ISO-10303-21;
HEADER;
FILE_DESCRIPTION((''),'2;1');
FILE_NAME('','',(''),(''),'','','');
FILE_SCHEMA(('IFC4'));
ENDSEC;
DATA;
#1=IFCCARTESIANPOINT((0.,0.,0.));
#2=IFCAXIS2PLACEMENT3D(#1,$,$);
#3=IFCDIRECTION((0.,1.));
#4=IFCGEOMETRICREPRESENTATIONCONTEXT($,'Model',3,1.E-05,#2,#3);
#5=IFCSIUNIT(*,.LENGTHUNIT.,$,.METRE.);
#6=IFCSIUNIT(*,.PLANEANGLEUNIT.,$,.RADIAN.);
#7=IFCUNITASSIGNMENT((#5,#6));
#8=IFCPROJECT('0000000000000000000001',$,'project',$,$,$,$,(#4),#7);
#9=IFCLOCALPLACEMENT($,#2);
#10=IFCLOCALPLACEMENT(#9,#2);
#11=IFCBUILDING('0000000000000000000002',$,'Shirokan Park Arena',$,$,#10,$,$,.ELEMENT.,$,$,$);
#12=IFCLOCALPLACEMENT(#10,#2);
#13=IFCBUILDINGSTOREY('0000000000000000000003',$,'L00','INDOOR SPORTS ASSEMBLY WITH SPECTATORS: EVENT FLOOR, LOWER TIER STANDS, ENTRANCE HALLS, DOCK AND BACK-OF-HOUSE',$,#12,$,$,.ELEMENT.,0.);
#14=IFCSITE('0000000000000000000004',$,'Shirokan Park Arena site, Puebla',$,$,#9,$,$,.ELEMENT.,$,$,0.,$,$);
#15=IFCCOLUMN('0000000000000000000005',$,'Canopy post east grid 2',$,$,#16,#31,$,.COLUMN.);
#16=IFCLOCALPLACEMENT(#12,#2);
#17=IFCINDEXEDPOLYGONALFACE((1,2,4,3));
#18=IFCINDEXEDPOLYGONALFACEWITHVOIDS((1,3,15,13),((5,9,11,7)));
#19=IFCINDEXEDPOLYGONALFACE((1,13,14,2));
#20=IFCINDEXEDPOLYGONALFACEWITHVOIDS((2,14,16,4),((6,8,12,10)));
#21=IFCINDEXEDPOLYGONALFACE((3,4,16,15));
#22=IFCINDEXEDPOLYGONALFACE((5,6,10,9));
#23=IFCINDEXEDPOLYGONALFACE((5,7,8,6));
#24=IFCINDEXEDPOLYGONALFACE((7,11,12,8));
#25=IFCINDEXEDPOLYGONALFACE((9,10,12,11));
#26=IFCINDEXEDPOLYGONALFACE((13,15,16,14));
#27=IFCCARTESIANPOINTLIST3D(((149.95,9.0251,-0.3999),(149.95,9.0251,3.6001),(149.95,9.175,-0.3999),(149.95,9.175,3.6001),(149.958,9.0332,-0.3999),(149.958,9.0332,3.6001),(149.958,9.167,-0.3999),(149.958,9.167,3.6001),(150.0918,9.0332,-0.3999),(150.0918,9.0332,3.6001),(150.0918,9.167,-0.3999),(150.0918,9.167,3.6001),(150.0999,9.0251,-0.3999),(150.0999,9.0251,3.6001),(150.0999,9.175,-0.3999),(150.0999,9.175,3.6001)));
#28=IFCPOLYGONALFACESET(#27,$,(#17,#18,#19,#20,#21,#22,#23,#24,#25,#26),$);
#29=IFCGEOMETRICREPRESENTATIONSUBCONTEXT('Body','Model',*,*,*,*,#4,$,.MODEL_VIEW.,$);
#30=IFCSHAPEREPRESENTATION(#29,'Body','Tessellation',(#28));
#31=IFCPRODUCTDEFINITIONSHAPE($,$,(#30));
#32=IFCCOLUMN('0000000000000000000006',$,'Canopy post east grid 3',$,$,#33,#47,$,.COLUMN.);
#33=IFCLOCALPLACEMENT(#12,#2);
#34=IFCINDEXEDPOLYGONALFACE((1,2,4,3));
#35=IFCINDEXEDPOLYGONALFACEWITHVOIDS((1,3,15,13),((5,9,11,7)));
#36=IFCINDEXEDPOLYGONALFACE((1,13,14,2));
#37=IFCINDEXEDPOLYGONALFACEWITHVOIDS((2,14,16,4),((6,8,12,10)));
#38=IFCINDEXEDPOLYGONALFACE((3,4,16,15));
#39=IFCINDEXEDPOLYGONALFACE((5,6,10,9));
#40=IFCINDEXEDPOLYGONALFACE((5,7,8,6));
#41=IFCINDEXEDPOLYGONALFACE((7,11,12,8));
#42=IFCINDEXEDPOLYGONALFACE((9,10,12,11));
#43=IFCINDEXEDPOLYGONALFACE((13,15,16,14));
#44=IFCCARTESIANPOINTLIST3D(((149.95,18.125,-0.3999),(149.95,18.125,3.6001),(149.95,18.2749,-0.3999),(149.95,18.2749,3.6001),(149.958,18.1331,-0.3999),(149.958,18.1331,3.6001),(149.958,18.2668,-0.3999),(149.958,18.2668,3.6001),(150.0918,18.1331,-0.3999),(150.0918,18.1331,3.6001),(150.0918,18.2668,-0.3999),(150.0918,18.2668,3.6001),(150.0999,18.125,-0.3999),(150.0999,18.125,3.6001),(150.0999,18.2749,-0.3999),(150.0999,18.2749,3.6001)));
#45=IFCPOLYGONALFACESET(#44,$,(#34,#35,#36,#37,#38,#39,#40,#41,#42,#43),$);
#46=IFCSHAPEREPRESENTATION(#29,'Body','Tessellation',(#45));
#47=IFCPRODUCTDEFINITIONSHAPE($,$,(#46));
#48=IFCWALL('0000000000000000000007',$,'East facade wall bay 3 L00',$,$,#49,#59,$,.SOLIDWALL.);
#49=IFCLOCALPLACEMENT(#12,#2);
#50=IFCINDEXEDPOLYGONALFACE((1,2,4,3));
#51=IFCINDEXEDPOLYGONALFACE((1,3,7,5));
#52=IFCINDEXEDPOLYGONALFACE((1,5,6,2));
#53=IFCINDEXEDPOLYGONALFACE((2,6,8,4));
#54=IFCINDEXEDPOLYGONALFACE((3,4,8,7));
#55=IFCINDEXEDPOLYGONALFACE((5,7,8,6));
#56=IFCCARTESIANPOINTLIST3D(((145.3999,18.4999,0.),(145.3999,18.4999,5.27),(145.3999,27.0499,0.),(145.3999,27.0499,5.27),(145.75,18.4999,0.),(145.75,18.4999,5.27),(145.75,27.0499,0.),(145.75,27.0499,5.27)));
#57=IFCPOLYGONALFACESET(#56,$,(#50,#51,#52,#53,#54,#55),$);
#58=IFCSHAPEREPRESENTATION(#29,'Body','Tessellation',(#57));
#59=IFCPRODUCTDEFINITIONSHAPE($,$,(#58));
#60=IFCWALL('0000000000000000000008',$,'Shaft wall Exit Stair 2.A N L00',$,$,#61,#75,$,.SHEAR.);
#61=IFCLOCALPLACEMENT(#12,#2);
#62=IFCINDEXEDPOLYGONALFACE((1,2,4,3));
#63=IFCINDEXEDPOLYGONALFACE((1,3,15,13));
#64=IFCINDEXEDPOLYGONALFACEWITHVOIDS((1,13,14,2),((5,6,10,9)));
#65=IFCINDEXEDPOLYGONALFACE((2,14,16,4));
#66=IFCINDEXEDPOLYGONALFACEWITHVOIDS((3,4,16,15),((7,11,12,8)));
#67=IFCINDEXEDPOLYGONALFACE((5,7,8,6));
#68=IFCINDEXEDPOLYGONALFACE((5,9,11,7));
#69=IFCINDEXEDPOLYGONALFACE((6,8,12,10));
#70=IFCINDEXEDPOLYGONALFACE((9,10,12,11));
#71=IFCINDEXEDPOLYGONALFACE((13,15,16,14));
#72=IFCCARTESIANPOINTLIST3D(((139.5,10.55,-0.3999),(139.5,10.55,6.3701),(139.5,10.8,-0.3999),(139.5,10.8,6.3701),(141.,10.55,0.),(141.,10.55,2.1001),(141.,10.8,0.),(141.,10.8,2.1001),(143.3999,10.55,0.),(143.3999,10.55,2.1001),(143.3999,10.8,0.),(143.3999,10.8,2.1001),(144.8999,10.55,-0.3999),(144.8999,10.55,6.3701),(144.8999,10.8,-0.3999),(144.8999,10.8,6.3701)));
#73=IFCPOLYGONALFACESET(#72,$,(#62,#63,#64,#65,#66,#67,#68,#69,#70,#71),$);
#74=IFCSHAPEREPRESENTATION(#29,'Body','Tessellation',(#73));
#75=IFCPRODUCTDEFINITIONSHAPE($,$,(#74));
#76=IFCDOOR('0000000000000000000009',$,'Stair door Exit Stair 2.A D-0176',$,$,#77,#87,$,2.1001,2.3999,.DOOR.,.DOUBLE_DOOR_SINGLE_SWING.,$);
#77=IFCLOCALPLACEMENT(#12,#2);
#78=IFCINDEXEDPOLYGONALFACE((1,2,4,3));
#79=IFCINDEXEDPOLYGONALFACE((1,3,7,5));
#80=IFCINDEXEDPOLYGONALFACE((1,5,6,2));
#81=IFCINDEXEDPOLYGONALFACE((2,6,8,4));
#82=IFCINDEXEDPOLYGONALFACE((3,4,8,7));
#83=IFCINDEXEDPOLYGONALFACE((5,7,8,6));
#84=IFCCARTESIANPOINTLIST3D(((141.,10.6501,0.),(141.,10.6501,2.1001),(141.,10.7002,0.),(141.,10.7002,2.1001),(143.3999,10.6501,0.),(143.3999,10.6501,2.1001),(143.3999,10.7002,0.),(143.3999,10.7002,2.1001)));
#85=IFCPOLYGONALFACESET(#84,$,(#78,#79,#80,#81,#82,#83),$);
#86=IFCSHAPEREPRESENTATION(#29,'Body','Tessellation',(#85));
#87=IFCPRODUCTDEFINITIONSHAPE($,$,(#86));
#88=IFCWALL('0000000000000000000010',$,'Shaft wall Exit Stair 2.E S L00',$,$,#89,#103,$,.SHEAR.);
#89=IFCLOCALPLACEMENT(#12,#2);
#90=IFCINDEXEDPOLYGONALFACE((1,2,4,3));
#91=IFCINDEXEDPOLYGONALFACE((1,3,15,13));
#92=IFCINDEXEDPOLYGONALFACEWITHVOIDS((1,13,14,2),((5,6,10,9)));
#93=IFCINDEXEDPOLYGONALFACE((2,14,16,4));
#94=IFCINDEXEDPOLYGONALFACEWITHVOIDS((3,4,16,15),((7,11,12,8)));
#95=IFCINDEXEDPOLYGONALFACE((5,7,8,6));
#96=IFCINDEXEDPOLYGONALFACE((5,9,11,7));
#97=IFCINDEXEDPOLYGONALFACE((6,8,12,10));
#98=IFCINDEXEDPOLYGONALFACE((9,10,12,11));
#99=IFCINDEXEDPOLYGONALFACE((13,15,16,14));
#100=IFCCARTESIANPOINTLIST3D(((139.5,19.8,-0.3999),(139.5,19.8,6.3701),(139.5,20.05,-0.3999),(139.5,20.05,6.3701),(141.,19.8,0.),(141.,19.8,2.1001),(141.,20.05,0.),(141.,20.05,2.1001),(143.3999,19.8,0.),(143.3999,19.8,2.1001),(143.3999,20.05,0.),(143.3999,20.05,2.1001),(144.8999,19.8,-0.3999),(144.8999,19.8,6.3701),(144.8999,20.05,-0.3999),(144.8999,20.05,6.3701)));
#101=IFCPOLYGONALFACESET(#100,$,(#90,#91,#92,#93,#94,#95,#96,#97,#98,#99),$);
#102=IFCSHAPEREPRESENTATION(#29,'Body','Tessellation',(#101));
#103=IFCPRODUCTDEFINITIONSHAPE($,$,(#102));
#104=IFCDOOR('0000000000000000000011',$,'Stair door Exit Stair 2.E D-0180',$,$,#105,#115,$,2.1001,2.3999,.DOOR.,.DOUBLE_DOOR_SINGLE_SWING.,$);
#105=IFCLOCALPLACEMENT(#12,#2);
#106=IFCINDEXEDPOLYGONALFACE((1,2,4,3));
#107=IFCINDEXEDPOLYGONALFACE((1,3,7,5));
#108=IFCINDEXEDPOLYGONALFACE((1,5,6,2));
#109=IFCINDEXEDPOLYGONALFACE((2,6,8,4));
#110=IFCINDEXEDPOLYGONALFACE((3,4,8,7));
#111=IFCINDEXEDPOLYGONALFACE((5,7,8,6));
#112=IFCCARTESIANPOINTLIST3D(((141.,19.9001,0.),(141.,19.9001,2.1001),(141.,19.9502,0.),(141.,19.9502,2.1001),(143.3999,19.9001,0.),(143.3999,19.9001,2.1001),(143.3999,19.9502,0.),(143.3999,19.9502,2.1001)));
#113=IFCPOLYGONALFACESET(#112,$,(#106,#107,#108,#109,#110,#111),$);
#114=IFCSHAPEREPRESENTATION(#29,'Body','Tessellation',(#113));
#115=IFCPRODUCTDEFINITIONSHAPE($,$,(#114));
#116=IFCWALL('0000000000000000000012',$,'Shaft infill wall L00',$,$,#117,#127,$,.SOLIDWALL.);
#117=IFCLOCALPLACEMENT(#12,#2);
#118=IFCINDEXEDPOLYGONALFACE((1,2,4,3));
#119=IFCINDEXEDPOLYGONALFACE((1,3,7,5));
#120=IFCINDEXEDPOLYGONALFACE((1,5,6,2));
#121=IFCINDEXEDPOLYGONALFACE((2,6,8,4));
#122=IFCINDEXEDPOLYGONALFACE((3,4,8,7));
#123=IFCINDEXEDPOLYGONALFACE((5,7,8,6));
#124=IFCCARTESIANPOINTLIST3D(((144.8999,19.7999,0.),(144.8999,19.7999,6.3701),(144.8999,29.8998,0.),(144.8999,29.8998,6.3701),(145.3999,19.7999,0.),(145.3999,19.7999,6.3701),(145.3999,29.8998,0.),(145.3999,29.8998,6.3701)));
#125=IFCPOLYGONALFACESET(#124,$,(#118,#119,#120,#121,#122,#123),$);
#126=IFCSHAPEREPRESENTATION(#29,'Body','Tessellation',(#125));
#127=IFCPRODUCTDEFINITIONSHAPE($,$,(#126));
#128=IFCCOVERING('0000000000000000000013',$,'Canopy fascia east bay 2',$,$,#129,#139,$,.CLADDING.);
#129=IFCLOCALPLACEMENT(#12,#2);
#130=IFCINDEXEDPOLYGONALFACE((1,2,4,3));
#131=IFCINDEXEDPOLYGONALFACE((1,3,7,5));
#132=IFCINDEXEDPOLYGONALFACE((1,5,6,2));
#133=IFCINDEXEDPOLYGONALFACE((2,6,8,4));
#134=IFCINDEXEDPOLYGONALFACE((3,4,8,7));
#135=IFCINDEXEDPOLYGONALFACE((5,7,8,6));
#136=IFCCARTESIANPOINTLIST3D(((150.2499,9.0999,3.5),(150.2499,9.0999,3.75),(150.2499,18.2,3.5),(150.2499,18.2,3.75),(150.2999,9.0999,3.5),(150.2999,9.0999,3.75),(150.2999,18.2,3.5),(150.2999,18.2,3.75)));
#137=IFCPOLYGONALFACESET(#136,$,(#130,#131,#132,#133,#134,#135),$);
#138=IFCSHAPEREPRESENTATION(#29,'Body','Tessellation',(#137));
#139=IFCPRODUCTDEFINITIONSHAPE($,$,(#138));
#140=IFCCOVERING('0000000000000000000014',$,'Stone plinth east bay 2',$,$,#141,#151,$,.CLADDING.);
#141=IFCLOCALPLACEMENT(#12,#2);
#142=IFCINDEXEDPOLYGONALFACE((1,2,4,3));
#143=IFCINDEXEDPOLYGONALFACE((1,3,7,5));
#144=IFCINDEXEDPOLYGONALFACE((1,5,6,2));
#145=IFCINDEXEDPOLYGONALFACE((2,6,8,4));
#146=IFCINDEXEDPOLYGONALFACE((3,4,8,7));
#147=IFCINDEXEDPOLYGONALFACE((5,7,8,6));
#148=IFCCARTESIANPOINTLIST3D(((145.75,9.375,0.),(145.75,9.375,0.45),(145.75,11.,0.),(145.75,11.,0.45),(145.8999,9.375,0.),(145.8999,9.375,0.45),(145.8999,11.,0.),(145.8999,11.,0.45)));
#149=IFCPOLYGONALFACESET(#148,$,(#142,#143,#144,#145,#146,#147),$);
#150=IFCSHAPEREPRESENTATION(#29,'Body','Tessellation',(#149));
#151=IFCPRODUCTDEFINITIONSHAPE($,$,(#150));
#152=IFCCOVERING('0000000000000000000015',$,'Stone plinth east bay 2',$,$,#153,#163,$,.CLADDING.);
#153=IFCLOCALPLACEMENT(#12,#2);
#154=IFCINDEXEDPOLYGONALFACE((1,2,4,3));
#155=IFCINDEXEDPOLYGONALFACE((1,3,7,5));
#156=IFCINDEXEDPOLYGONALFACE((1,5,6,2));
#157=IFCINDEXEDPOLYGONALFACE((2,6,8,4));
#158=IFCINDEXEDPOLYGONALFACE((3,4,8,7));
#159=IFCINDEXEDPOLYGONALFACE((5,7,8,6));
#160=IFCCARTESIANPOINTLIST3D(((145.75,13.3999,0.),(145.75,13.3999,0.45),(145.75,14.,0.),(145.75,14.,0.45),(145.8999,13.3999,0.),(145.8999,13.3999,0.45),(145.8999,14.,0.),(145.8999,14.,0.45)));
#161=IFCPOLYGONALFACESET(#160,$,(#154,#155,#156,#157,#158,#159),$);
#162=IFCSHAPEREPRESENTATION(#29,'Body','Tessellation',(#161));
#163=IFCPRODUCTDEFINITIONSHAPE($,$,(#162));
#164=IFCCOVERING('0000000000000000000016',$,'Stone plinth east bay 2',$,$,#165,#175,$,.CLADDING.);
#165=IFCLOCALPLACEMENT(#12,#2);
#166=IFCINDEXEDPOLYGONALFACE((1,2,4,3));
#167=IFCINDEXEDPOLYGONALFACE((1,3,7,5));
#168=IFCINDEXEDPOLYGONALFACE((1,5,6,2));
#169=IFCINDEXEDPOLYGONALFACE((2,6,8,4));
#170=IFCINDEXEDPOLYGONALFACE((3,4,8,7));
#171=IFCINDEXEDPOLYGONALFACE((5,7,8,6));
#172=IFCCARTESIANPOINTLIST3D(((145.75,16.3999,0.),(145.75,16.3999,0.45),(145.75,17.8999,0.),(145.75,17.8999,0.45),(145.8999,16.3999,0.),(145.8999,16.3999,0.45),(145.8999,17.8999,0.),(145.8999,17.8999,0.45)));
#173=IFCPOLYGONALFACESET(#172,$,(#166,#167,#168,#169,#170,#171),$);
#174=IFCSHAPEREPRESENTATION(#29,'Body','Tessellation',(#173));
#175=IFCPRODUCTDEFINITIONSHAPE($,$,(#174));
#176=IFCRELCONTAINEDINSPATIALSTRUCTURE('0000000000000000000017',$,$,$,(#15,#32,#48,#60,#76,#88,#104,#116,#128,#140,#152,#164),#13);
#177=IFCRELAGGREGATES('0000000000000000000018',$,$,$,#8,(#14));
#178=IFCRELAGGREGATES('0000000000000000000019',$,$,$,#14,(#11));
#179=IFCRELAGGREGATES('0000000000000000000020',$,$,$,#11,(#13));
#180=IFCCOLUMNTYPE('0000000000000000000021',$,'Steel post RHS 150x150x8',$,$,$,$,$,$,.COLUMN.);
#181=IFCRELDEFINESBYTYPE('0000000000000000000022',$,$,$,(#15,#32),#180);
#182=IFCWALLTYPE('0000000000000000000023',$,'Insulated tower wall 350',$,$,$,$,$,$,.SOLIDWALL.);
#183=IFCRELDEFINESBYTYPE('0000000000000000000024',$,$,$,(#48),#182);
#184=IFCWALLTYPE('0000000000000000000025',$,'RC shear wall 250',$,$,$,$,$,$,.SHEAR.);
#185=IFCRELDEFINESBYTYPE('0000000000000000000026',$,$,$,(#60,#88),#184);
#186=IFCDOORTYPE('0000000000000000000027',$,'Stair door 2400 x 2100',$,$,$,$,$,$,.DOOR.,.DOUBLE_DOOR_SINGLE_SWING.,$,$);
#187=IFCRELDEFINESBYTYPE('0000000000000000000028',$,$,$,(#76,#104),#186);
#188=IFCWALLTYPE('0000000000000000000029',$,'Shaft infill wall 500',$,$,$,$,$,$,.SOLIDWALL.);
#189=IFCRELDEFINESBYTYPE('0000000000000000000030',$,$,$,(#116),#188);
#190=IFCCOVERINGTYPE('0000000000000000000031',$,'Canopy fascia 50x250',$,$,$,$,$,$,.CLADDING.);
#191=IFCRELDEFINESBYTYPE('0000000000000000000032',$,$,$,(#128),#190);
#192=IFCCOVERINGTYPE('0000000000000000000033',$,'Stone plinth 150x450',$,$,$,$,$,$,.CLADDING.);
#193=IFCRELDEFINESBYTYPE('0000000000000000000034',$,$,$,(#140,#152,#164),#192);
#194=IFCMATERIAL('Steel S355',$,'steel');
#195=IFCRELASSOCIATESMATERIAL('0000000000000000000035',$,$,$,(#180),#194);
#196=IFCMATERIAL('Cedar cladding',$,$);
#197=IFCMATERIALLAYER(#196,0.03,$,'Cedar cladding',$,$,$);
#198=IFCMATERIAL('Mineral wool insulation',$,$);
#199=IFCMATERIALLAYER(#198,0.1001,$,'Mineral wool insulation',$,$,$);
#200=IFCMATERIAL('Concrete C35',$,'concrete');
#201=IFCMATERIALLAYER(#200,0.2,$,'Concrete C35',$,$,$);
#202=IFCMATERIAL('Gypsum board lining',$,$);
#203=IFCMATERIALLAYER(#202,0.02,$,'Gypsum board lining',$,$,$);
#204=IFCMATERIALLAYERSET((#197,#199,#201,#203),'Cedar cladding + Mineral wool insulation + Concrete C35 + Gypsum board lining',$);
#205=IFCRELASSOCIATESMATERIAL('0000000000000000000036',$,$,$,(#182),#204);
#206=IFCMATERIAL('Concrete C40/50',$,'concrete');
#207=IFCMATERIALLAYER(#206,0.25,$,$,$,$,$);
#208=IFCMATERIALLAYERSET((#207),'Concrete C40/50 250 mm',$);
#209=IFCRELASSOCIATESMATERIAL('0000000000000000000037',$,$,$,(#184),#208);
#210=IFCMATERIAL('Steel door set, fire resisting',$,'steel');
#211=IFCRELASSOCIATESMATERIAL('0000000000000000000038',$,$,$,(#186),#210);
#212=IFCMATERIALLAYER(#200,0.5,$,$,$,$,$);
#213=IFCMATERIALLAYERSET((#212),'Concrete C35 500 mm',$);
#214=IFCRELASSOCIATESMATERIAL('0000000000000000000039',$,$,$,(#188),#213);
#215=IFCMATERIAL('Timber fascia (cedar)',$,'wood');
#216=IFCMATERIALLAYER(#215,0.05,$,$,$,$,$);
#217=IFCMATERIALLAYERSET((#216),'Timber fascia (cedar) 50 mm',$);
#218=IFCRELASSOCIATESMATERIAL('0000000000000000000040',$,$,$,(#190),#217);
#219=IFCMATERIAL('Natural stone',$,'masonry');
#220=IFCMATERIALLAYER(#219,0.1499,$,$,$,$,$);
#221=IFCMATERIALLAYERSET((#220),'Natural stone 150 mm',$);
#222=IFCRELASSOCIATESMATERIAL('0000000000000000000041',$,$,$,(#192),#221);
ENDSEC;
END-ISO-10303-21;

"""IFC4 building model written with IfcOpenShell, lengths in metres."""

from ifc_helpers import new_model, si_unit, direction, frame, frame_2d, origin, origin_2d, place, context, subcontext, project, spatial, rectangle, hollow_rectangle, extrude, material, layer, layer_set, material_profile, profile_set, type_object, element, fill, save


model = new_model("IFC4")

# Units and contexts
model_context = context("Model", 3, precision=1e-05, world=origin(), true_north=direction((0.0, 1.0)))
body_context = subcontext(model_context, "Body", "Model", "MODEL_VIEW")
ifc_project = project(units=[si_unit("LENGTHUNIT", "METRE"), si_unit("PLANEANGLEUNIT", "RADIAN")], contexts=[model_context])

# Site, building, storey
site_placement = place(None, origin())
site = spatial("IfcSite", under=ifc_project, at=site_placement, Name="Shirokan Park Arena site, Puebla", CompositionType="ELEMENT", RefElevation=0.0)
building_placement = place(site_placement, origin())
building = spatial("IfcBuilding", under=site, at=building_placement, Name="Shirokan Park Arena", CompositionType="ELEMENT")
storey_placement = place(building_placement, origin())
storey = spatial("IfcBuildingStorey", under=building, at=storey_placement, Name="L00", Description="INDOOR SPORTS ASSEMBLY WITH SPECTATORS: EVENT FLOOR, LOWER TIER STANDS, ENTRANCE HALLS, DOCK AND BACK-OF-HOUSE", CompositionType="ELEMENT", Elevation=0.0)

# Columns
ifc_material_1 = material(Name="Concrete C35", Category="concrete")
ifc_material_2 = material(Name="Steel S355", Category="steel")
ifc_material_profile_1 = material_profile(ifc_material_2, hollow_rectangle(XDim=0.1499, YDim=0.1499, WallThickness=0.0081, at=origin_2d()), Name="RHS 150x150x8")
ifc_profile_set_1 = profile_set([ifc_material_profile_1], Name="Steel S355")
column_type_1 = type_object("IfcColumnType", Name="Steel post RHS 150x150x8", PredefinedType="COLUMN", material=ifc_profile_set_1)
for number, where, z_axis, x_axis, name in (
    (1, (150.0249, 9.1001, -0.3999), (0.0, 0.0, 1.0), (1.0, 0.0, 0.0), "Canopy post east grid 2"),
    (2, (150.0249, 18.2, -0.3999), (0.0, 0.0, 1.0), (1.0, 0.0, 0.0), "Canopy post east grid 3"),
):
    element("IfcColumn", number, at=place(storey_placement, frame(where, z_axis=z_axis, x_axis=x_axis)), inside=storey, type_object=column_type_1, Name=name, PredefinedType="COLUMN", context=body_context, shape_type="SweptSolid", body=[
        extrude(hollow_rectangle(XDim=0.1499, YDim=0.1499, WallThickness=0.0081, at=origin_2d()), origin(), (0.0, 0.0, 1.0), 4.0),
    ])

# Shared definitions
ifc_material_3 = material(Name="Cedar cladding")
ifc_layer_1 = layer(ifc_material_3, 0.03, Name="Cedar cladding")
ifc_material_4 = material(Name="Mineral wool insulation")
ifc_layer_2 = layer(ifc_material_4, 0.1001, Name="Mineral wool insulation")
ifc_layer_3 = layer(ifc_material_1, 0.2, Name="Concrete C35")
ifc_material_5 = material(Name="Gypsum board lining")
ifc_layer_4 = layer(ifc_material_5, 0.02, Name="Gypsum board lining")
ifc_layer_set_1 = layer_set([ifc_layer_1, ifc_layer_2, ifc_layer_3, ifc_layer_4], Name="Cedar cladding + Mineral wool insulation + Concrete C35 + Gypsum board lining")
wall_type_1 = type_object("IfcWallType", Name="Insulated tower wall 350", PredefinedType="SOLIDWALL", material=ifc_layer_set_1)

# Wall
wall_1_placement = place(storey_placement, frame((145.575, 18.5, 0.0), z_axis=(0.0, 0.0, 1.0), x_axis=(0.0, 1.0, 0.0)))
element("IfcWall", 3, at=wall_1_placement, inside=storey, type_object=wall_type_1, Name="East facade wall bay 3 L00", PredefinedType="SOLIDWALL", context=body_context, shape_type="SweptSolid", body=[
    extrude(rectangle(XDim=8.55, YDim=0.3501, at=frame_2d((4.2749, 0.0))), origin(), (0.0, 0.0, 1.0), 5.27),
])

# Walls, openings, doors
ifc_material_6 = material(Name="Concrete C40/50", Category="concrete")
ifc_layer_5 = layer(ifc_material_6, 0.25)
ifc_layer_set_2 = layer_set([ifc_layer_5], Name="Concrete C40/50 250 mm")
wall_type_2 = type_object("IfcWallType", Name="RC shear wall 250", PredefinedType="SHEAR", material=ifc_layer_set_2)
wall_2_placement = place(storey_placement, frame((144.8999, 10.675, -0.3999), z_axis=(0.0, 0.0, 1.0), x_axis=(-1.0, 0.0, 0.0)))
wall_2 = element("IfcWall", 4, at=wall_2_placement, inside=storey, type_object=wall_type_2, Name="Shaft wall Exit Stair 2.A N L00", PredefinedType="SHEAR", context=body_context, shape_type="SweptSolid", body=[
    extrude(rectangle(XDim=5.3999, YDim=0.25, at=frame_2d((2.7, 0.0))), origin(), (0.0, 0.0, 1.0), 6.77),
])
opening_1_placement = place(wall_2_placement, frame((1.5, 0.0, 0.3999)))
opening_1 = element("IfcOpeningElement", 5, at=opening_1_placement, cuts=wall_2, PredefinedType="OPENING", context=body_context, shape_type="SweptSolid", body=[
    extrude(rectangle(XDim=2.3999, YDim=2.1001, at=frame_2d((1.2, 1.05))), frame((0.0, 0.135, 0.0), z_axis=(0.0, -1.0, 0.0), x_axis=(1.0, 0.0, 0.0)), (0.0, 0.0, 1.0), 0.27),
])
ifc_material_7 = material(Name="Steel door set, fire resisting", Category="steel")
door_type_1 = type_object("IfcDoorType", Name="Stair door 2400 x 2100", OperationType="DOUBLE_DOOR_SINGLE_SWING", PredefinedType="DOOR", material=ifc_material_7)
door_1_placement = place(opening_1_placement, origin())
door_1 = element("IfcDoor", 6, at=door_1_placement, inside=storey, type_object=door_type_1, Name="Stair door Exit Stair 2.A D-0176", OperationType="DOUBLE_DOOR_SINGLE_SWING", OverallHeight=2.1001, OverallWidth=2.3999, PredefinedType="DOOR", context=body_context, shape_type="SweptSolid", body=[
    extrude(rectangle(XDim=2.3999, YDim=2.1001, at=frame_2d((1.2, 1.05))), frame((0.0, 0.0249, 0.0), z_axis=(0.0, -1.0, 0.0), x_axis=(1.0, 0.0, 0.0)), (0.0, 0.0, 1.0), 0.05),
])
fill(opening_1, door_1)
wall_3_placement = place(storey_placement, frame((144.8999, 19.925, -0.3999), z_axis=(0.0, 0.0, 1.0), x_axis=(-1.0, 0.0, 0.0)))
wall_3 = element("IfcWall", 7, at=wall_3_placement, inside=storey, type_object=wall_type_2, Name="Shaft wall Exit Stair 2.E S L00", PredefinedType="SHEAR", context=body_context, shape_type="SweptSolid", body=[
    extrude(rectangle(XDim=5.3999, YDim=0.25, at=frame_2d((2.7, 0.0))), origin(), (0.0, 0.0, 1.0), 6.77),
])
opening_2_placement = place(wall_3_placement, frame((1.5, 0.0, 0.3999)))
opening_2 = element("IfcOpeningElement", 8, at=opening_2_placement, cuts=wall_3, PredefinedType="OPENING", context=body_context, shape_type="SweptSolid", body=[
    extrude(rectangle(XDim=2.3999, YDim=2.1001, at=frame_2d((1.2, 1.05))), frame((0.0, 0.135, 0.0), z_axis=(0.0, -1.0, 0.0), x_axis=(1.0, 0.0, 0.0)), (0.0, 0.0, 1.0), 0.27),
])
door_2_placement = place(opening_2_placement, origin())
door_2 = element("IfcDoor", 9, at=door_2_placement, inside=storey, type_object=door_type_1, Name="Stair door Exit Stair 2.E D-0180", OperationType="DOUBLE_DOOR_SINGLE_SWING", OverallHeight=2.1001, OverallWidth=2.3999, PredefinedType="DOOR", context=body_context, shape_type="SweptSolid", body=[
    extrude(rectangle(XDim=2.3999, YDim=2.1001, at=frame_2d((1.2, 1.05))), frame((0.0, 0.0249, 0.0), z_axis=(0.0, -1.0, 0.0), x_axis=(1.0, 0.0, 0.0)), (0.0, 0.0, 1.0), 0.05),
])
fill(opening_2, door_2)

# Wall
ifc_layer_6 = layer(ifc_material_1, 0.5)
ifc_layer_set_3 = layer_set([ifc_layer_6], Name="Concrete C35 500 mm")
wall_type_3 = type_object("IfcWallType", Name="Shaft infill wall 500", PredefinedType="SOLIDWALL", material=ifc_layer_set_3)
wall_4_placement = place(storey_placement, frame((145.1499, 19.8, 0.0), z_axis=(0.0, 0.0, 1.0), x_axis=(0.0, 1.0, 0.0)))
element("IfcWall", 10, at=wall_4_placement, inside=storey, type_object=wall_type_3, Name="Shaft infill wall L00", PredefinedType="SOLIDWALL", context=body_context, shape_type="SweptSolid", body=[
    extrude(rectangle(XDim=10.0999, YDim=0.5, at=frame_2d((5.0498, 0.0))), origin(), (0.0, 0.0, 1.0), 6.3701),
])

# Coverings
ifc_material_8 = material(Name="Timber fascia (cedar)", Category="wood")
ifc_layer_7 = layer(ifc_material_8, 0.05)
ifc_layer_set_4 = layer_set([ifc_layer_7], Name="Timber fascia (cedar) 50 mm")
covering_type_1 = type_object("IfcCoveringType", Name="Canopy fascia 50x250", PredefinedType="CLADDING", material=ifc_layer_set_4)
covering_1_placement = place(storey_placement, frame((150.2749, 13.6499, 3.5), z_axis=(0.0, 0.0, 1.0), x_axis=(0.0, 1.0, 0.0)))
element("IfcCovering", 11, at=covering_1_placement, inside=storey, type_object=covering_type_1, Name="Canopy fascia east bay 2", PredefinedType="CLADDING", context=body_context, shape_type="SweptSolid", body=[
    extrude(rectangle(XDim=9.1001, YDim=0.05, at=origin_2d()), origin(), (0.0, 0.0, 1.0), 0.25),
])
ifc_material_9 = material(Name="Natural stone", Category="masonry")
ifc_layer_8 = layer(ifc_material_9, 0.1499)
ifc_layer_set_5 = layer_set([ifc_layer_8], Name="Natural stone 150 mm")
covering_type_2 = type_object("IfcCoveringType", Name="Stone plinth 150x450", PredefinedType="CLADDING", material=ifc_layer_set_5)
covering_2_placement = place(storey_placement, frame((145.825, 10.1875, 0.0), z_axis=(0.0, 0.0, 1.0), x_axis=(0.0, 1.0, 0.0)))
element("IfcCovering", 12, at=covering_2_placement, inside=storey, type_object=covering_type_2, Name="Stone plinth east bay 2", PredefinedType="CLADDING", context=body_context, shape_type="SweptSolid", body=[
    extrude(rectangle(XDim=1.625, YDim=0.1499, at=origin_2d()), origin(), (0.0, 0.0, 1.0), 0.45),
])
covering_3_placement = place(storey_placement, frame((145.825, 13.7, 0.0), z_axis=(0.0, 0.0, 1.0), x_axis=(0.0, 1.0, 0.0)))
element("IfcCovering", 13, at=covering_3_placement, inside=storey, type_object=covering_type_2, Name="Stone plinth east bay 2", PredefinedType="CLADDING", context=body_context, shape_type="SweptSolid", body=[
    extrude(rectangle(XDim=0.6001, YDim=0.1499, at=origin_2d()), origin(), (0.0, 0.0, 1.0), 0.45),
])
covering_4_placement = place(storey_placement, frame((145.825, 17.1499, 0.0), z_axis=(0.0, 0.0, 1.0), x_axis=(0.0, 1.0, 0.0)))
element("IfcCovering", 14, at=covering_4_placement, inside=storey, type_object=covering_type_2, Name="Stone plinth east bay 2", PredefinedType="CLADDING", context=body_context, shape_type="SweptSolid", body=[
    extrude(rectangle(XDim=1.5, YDim=0.1499, at=origin_2d()), origin(), (0.0, 0.0, 1.0), 0.45),
])

save(model, "model.ifc")
